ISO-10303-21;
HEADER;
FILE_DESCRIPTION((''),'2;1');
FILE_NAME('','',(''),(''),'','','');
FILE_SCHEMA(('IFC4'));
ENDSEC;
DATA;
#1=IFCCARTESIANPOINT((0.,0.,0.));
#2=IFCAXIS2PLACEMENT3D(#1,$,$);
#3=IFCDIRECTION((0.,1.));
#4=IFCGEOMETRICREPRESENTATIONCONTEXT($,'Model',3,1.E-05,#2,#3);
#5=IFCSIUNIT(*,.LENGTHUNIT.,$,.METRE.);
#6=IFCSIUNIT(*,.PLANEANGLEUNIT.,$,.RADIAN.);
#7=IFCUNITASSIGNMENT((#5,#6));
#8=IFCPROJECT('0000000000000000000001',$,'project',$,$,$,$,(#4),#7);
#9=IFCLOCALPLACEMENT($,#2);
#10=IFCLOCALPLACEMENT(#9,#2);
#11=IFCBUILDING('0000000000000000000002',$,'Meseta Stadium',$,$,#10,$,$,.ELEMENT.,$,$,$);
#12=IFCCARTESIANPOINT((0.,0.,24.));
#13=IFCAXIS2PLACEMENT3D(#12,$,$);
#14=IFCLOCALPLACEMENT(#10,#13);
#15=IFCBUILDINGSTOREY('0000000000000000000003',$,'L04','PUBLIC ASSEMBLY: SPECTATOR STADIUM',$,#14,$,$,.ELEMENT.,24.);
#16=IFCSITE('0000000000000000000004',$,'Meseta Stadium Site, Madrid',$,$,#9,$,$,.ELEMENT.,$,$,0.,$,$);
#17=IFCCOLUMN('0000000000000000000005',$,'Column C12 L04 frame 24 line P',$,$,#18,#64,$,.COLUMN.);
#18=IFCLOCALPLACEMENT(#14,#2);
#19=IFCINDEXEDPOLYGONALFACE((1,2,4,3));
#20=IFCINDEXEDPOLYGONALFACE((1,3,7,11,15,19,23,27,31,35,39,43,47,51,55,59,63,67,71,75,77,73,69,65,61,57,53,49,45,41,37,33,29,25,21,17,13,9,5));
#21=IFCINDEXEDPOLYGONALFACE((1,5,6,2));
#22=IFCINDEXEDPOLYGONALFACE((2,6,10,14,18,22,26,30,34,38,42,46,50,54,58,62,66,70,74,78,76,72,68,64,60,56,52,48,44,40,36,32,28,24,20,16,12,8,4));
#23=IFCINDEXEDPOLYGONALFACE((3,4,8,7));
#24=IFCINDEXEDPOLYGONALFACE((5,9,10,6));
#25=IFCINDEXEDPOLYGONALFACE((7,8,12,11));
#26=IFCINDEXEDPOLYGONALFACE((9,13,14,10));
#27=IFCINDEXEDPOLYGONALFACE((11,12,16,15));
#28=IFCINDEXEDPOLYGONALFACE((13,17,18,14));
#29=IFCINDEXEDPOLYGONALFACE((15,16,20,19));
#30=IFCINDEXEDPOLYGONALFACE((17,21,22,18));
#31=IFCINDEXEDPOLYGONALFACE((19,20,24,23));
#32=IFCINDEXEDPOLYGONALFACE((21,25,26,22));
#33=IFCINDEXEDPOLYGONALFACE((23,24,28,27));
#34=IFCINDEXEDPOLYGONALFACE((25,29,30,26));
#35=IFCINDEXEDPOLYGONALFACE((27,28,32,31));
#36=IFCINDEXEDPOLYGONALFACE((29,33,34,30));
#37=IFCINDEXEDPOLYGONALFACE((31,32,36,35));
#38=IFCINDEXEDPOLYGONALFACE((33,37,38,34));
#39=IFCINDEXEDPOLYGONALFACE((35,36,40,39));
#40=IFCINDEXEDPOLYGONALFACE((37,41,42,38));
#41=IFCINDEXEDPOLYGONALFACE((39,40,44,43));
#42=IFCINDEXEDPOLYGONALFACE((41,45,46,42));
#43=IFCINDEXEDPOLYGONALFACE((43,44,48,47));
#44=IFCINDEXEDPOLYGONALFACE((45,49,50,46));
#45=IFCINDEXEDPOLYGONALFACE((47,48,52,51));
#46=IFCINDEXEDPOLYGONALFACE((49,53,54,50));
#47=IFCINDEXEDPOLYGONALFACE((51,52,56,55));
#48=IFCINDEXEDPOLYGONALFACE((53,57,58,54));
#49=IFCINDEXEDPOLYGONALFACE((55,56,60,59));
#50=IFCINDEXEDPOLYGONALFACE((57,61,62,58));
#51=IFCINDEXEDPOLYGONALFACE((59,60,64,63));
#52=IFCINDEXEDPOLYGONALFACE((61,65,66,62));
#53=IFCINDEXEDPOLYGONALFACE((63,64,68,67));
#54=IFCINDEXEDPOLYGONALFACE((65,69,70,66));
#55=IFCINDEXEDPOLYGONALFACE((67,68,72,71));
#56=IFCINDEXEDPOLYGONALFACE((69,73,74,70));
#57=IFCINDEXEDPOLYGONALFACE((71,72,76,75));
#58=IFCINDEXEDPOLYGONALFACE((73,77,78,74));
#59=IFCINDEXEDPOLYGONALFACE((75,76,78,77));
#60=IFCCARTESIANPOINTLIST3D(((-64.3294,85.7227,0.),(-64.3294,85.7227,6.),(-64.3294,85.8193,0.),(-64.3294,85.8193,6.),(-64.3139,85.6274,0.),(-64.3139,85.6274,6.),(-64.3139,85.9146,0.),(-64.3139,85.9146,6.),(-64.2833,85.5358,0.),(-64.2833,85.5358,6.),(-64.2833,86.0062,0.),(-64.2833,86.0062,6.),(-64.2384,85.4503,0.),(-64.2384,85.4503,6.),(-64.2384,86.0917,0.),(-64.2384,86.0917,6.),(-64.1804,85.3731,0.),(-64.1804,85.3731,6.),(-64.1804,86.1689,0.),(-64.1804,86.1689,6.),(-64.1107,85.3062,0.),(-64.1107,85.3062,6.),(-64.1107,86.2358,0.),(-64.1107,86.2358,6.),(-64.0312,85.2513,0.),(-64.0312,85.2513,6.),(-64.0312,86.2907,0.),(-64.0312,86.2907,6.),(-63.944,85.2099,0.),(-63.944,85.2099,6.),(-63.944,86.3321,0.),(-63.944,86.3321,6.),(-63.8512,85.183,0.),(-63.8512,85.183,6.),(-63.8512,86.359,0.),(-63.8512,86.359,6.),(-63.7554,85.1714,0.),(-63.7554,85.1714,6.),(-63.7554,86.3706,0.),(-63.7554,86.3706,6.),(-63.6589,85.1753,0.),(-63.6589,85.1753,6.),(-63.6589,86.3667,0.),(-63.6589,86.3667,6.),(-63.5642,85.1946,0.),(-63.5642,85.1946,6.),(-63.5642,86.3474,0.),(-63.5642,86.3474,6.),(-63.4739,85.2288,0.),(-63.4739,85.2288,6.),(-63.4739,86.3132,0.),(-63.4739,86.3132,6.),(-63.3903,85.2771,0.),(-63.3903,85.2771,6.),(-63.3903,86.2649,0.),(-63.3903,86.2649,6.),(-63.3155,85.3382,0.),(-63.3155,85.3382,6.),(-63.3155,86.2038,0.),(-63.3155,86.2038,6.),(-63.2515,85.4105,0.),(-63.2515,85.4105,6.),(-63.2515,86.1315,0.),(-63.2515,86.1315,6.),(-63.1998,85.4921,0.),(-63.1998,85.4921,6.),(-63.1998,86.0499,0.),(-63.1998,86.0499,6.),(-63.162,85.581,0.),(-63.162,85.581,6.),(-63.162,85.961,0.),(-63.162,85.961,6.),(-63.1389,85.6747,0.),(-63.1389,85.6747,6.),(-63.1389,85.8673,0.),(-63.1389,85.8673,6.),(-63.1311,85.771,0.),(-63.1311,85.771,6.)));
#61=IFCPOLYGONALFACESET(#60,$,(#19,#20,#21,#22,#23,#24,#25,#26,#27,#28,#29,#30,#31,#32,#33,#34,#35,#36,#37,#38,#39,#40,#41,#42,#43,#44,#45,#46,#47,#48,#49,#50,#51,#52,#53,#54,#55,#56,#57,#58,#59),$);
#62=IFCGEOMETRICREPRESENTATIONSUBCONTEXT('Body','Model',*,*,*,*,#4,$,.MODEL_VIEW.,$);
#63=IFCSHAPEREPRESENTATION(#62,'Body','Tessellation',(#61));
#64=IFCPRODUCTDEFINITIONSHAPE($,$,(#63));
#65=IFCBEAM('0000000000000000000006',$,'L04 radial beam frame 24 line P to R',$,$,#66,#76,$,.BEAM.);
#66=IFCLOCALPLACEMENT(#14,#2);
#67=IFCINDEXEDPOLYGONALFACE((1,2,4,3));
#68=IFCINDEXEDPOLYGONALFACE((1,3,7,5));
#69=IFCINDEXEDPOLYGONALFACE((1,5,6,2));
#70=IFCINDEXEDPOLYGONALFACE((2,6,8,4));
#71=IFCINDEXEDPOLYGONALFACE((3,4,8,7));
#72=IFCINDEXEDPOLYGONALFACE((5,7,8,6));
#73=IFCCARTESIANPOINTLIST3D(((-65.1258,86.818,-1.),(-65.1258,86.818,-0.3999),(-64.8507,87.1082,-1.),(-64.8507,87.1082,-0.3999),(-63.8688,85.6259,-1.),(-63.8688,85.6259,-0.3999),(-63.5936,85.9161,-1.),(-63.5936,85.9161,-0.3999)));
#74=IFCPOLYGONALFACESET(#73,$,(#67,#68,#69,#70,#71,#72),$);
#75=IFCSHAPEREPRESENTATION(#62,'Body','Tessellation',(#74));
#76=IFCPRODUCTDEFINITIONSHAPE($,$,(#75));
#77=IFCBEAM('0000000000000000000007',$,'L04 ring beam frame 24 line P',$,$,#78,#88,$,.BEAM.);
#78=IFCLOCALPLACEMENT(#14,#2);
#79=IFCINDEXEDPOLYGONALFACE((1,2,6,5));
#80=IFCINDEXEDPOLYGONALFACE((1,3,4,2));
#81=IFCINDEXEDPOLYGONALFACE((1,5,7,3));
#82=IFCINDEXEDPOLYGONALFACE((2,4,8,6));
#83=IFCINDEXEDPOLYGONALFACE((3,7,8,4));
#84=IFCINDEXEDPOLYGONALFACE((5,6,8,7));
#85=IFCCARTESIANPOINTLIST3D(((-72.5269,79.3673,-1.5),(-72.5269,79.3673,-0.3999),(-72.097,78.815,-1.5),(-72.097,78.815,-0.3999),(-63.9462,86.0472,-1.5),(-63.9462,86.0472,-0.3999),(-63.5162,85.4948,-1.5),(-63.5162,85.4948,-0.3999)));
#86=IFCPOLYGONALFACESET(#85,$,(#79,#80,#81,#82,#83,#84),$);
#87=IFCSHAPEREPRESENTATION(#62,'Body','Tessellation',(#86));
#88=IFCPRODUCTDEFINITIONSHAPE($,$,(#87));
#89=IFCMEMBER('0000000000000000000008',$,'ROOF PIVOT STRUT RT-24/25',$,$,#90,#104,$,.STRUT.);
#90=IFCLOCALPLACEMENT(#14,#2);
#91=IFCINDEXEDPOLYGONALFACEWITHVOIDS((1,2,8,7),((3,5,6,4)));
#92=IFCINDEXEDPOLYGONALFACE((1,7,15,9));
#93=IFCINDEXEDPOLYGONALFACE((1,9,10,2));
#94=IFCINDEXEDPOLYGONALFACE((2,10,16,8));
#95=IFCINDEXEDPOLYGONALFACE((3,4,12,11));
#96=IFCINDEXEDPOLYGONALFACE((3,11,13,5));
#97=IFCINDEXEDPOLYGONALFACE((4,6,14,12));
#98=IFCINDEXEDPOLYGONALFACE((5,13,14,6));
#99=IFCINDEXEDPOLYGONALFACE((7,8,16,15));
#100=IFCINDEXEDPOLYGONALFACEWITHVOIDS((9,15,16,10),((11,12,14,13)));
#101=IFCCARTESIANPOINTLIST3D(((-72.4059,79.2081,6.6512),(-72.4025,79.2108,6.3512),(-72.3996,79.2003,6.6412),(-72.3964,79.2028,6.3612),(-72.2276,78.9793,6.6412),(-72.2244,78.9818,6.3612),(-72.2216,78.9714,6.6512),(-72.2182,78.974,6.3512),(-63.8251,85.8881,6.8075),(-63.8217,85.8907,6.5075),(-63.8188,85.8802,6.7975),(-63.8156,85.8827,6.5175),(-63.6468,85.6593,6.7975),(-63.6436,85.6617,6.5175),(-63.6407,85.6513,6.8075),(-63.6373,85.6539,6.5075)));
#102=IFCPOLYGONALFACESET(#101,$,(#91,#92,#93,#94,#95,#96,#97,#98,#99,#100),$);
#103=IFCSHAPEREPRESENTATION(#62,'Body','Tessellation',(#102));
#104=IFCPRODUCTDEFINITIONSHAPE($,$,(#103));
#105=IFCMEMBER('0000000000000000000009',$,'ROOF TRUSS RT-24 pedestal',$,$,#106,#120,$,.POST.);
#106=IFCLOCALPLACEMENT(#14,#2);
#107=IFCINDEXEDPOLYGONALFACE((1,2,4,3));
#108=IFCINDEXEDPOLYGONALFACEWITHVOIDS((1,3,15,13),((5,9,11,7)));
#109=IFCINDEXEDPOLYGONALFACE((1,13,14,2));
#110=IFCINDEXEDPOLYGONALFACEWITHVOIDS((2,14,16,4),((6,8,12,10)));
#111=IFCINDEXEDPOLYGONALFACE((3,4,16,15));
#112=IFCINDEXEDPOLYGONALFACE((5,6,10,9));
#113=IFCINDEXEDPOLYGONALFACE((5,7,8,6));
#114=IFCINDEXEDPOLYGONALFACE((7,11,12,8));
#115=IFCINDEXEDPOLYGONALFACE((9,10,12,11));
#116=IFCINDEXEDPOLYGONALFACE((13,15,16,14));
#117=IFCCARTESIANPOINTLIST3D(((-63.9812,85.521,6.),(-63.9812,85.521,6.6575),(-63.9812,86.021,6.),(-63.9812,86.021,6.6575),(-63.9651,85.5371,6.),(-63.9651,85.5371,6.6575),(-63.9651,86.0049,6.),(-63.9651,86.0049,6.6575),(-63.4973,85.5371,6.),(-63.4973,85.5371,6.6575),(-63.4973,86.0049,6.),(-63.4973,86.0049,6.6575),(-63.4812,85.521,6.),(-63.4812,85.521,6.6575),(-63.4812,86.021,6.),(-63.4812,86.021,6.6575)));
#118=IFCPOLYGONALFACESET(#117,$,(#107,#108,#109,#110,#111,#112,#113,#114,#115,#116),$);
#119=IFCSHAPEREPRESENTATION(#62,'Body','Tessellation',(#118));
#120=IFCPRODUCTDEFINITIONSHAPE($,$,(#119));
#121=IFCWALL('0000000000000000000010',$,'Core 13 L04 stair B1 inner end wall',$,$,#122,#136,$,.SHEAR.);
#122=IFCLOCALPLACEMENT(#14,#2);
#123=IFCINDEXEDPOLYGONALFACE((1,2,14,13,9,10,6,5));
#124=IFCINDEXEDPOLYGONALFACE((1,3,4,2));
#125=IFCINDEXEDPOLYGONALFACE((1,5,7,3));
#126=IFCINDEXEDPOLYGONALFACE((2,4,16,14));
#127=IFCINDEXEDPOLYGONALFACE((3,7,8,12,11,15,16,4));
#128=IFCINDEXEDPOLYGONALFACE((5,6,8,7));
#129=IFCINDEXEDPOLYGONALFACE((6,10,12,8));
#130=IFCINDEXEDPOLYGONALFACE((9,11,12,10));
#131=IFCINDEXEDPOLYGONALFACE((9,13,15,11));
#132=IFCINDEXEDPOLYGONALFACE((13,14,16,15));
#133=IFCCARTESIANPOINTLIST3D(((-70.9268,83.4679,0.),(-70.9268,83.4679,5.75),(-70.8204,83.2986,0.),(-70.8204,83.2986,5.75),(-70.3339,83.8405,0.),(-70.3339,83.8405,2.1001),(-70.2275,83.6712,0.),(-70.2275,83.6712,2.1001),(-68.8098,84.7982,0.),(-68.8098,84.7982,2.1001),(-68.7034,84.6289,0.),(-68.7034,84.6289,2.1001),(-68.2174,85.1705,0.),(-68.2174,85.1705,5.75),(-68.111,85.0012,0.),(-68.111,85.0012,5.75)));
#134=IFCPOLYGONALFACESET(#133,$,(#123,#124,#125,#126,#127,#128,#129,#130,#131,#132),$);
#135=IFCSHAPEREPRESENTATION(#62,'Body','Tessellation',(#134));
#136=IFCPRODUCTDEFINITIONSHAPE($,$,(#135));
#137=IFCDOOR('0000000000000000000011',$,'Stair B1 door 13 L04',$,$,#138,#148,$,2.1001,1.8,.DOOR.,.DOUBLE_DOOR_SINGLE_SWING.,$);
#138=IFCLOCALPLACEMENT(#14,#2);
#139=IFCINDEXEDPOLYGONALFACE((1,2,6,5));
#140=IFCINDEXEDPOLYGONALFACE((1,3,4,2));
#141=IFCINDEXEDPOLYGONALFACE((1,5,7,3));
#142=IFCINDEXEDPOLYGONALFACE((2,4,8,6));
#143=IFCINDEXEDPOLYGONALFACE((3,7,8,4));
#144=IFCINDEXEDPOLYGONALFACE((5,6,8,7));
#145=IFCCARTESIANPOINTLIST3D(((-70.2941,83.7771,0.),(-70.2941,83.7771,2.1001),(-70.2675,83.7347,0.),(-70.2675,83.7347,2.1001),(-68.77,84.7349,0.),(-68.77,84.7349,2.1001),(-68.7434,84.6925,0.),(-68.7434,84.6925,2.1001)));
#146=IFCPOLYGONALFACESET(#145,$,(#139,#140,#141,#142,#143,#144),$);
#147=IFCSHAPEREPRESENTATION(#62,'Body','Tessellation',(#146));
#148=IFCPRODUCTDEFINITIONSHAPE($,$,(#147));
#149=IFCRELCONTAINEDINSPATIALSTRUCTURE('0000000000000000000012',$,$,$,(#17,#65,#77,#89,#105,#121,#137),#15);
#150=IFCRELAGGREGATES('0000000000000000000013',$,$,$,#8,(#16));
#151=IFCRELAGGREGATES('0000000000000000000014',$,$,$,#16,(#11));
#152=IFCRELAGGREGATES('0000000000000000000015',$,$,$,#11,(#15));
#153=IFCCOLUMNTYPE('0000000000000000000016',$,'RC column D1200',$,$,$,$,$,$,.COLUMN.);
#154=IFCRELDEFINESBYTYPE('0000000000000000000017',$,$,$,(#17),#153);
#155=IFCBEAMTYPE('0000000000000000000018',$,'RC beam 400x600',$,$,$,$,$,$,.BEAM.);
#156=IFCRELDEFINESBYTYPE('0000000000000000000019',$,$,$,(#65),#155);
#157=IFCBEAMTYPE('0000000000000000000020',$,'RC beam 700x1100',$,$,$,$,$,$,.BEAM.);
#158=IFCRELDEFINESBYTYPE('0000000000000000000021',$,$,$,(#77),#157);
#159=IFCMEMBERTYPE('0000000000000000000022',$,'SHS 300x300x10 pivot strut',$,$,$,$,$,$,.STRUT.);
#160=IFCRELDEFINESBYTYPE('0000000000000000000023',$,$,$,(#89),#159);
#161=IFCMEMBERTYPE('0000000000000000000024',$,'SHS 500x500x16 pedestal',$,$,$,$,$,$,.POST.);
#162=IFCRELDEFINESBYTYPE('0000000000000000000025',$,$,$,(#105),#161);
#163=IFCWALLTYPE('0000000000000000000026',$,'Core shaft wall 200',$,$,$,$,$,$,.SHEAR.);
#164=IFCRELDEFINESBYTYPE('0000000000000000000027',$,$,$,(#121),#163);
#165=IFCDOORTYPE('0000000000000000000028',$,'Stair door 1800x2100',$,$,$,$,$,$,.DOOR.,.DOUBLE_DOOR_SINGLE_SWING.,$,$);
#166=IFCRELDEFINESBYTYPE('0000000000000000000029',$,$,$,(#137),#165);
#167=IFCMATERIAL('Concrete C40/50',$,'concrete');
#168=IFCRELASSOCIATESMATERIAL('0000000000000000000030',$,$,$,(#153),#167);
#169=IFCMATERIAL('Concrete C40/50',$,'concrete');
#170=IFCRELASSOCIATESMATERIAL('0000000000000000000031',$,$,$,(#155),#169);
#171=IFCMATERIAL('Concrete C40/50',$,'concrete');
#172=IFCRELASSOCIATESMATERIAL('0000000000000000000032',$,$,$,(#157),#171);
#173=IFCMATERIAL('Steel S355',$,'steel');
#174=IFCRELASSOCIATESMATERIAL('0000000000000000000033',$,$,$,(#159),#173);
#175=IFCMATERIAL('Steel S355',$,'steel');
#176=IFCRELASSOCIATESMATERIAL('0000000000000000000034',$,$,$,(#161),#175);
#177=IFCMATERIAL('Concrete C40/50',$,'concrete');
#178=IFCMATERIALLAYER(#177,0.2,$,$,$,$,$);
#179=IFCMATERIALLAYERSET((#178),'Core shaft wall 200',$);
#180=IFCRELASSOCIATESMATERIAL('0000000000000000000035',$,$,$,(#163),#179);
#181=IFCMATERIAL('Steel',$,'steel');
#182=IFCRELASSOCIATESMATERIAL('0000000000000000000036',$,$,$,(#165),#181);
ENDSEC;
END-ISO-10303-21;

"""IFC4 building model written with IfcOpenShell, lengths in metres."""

from ifc_helpers import new_model, si_unit, direction, frame, frame_2d, origin, origin_2d, place, context, subcontext, project, spatial, rectangle, hollow_rectangle, circle, extrude, material, layer, layer_set, material_profile, profile_set, type_object, element, fill, save


model = new_model("IFC4")

# Units and contexts
model_context = context("Model", 3, precision=1e-05, world=origin(), true_north=direction((0.0, 1.0)))
body_context = subcontext(model_context, "Body", "Model", "MODEL_VIEW")
ifc_project = project(units=[si_unit("LENGTHUNIT", "METRE"), si_unit("PLANEANGLEUNIT", "RADIAN")], contexts=[model_context])

# Site, building, storey
site_placement = place(None, origin())
site = spatial("IfcSite", under=ifc_project, at=site_placement, Name="Meseta Stadium Site, Madrid", CompositionType="ELEMENT", RefElevation=0.0)
building_placement = place(site_placement, origin())
building = spatial("IfcBuilding", under=site, at=building_placement, Name="Meseta Stadium", CompositionType="ELEMENT")
storey_placement = place(building_placement, frame((0.0, 0.0, 24.0)))
storey = spatial("IfcBuildingStorey", under=building, at=storey_placement, Name="L04", Description="PUBLIC ASSEMBLY: SPECTATOR STADIUM", CompositionType="ELEMENT", Elevation=24.0)

# Column
ifc_material_1 = material(Name="Concrete C40/50", Category="concrete")
ifc_material_profile_1 = material_profile(ifc_material_1, circle(Radius=0.6001, at=origin_2d()), Name="RC D1200")
ifc_profile_set_1 = profile_set([ifc_material_profile_1], Name="Concrete C40/50")
column_type = type_object("IfcColumnType", Name="RC column D1200", PredefinedType="COLUMN", material=ifc_profile_set_1)
column_placement = place(storey_placement, frame((-63.7312, 85.771, 0.0), z_axis=(0.0, 0.0, 1.0), x_axis=(1.0, 0.0, 0.0)))
element("IfcColumn", 1, at=column_placement, inside=storey, type_object=column_type, Name="Column C12 L04 frame 24 line P", PredefinedType="COLUMN", context=body_context, shape_type="SweptSolid", body=[
    extrude(circle(Radius=0.6001, at=origin_2d()), origin(), (0.0, 0.0, 1.0), 6.0),
])

# Beams
ifc_material_2 = material(Name="Concrete C40/50", Category="concrete")
ifc_material_profile_2 = material_profile(ifc_material_2, rectangle(XDim=0.3999, YDim=0.6001, at=origin_2d()), Name="RC 400x600")
ifc_profile_set_2 = profile_set([ifc_material_profile_2], Name="Concrete C40/50")
beam_type_1 = type_object("IfcBeamType", Name="RC beam 400x600", PredefinedType="BEAM", material=ifc_profile_set_2)
beam_1_placement = place(storey_placement, frame((-63.7312, 85.771, -0.7), z_axis=(-0.725601, 0.688116, 0.0), x_axis=(-0.688116, -0.725601, 0.0)))
element("IfcBeam", 2, at=beam_1_placement, inside=storey, type_object=beam_type_1, Name="L04 radial beam frame 24 line P to R", PredefinedType="BEAM", context=body_context, shape_type="SweptSolid", body=[
    extrude(rectangle(XDim=0.3999, YDim=0.6001, at=origin_2d()), origin(), (0.0, 0.0, 1.0), 1.7324),
])
ifc_material_3 = material(Name="Concrete C40/50", Category="concrete")
ifc_material_profile_3 = material_profile(ifc_material_3, rectangle(XDim=0.7, YDim=1.1001, at=origin_2d()), Name="RC 700x1100")
ifc_profile_set_3 = profile_set([ifc_material_profile_3], Name="Concrete C40/50")
beam_type_2 = type_object("IfcBeamType", Name="RC beam 700x1100", PredefinedType="BEAM", material=ifc_profile_set_3)
beam_2_placement = place(storey_placement, frame((-63.7312, 85.771, -0.95), z_axis=(-0.789086, -0.614283, 0.0), x_axis=(0.614283, -0.789086, 0.0)))
element("IfcBeam", 3, at=beam_2_placement, inside=storey, type_object=beam_type_2, Name="L04 ring beam frame 24 line P", PredefinedType="BEAM", context=body_context, shape_type="SweptSolid", body=[
    extrude(rectangle(XDim=0.7, YDim=1.1001, at=origin_2d()), origin(), (0.0, 0.0, 1.0), 10.8743),
])

# Members
ifc_material_4 = material(Name="Steel S355", Category="steel")
ifc_material_profile_4 = material_profile(ifc_material_4, hollow_rectangle(XDim=0.3, YDim=0.3, WallThickness=0.01, at=origin_2d()), Name="SHS 300x300x10")
ifc_profile_set_4 = profile_set([ifc_material_profile_4], Name="Steel S355")
member_type_1 = type_object("IfcMemberType", Name="SHS 300x300x10 pivot strut", PredefinedType="STRUT", material=ifc_profile_set_4)
member_1_placement = place(storey_placement, frame((-63.7312, 85.771, 6.6575), z_axis=(-0.789005, -0.614219, -0.014367), x_axis=(0.614283, -0.789086, 0.0)))
element("IfcMember", 4, at=member_1_placement, inside=storey, type_object=member_type_1, Name="ROOF PIVOT STRUT RT-24/25", PredefinedType="STRUT", context=body_context, shape_type="SweptSolid", body=[
    extrude(hollow_rectangle(XDim=0.3, YDim=0.3, WallThickness=0.01, at=origin_2d()), origin(), (0.0, 0.0, 1.0), 10.8755),
])
ifc_material_5 = material(Name="Steel S355", Category="steel")
ifc_material_profile_5 = material_profile(ifc_material_5, hollow_rectangle(XDim=0.5, YDim=0.5, WallThickness=0.0161, at=origin_2d()), Name="SHS 500x500x16")
ifc_profile_set_5 = profile_set([ifc_material_profile_5], Name="Steel S355")
member_type_2 = type_object("IfcMemberType", Name="SHS 500x500x16 pedestal", PredefinedType="POST", material=ifc_profile_set_5)
member_2_placement = place(storey_placement, frame((-63.7312, 85.771, 6.0), z_axis=(0.0, 0.0, 1.0), x_axis=(1.0, 0.0, 0.0)))
element("IfcMember", 5, at=member_2_placement, inside=storey, type_object=member_type_2, Name="ROOF TRUSS RT-24 pedestal", PredefinedType="POST", context=body_context, shape_type="SweptSolid", body=[
    extrude(hollow_rectangle(XDim=0.5, YDim=0.5, WallThickness=0.0161, at=origin_2d()), origin(), (0.0, 0.0, 1.0), 0.6575),
])

# Wall, opening, door
ifc_material_6 = material(Name="Concrete C40/50", Category="concrete")
ifc_layer_1 = layer(ifc_material_6, 0.2)
ifc_layer_set_1 = layer_set([ifc_layer_1], Name="Core shaft wall 200")
wall_type_1 = type_object("IfcWallType", Name="Core shaft wall 200", PredefinedType="SHEAR", material=ifc_layer_set_1)
wall_1_placement = place(storey_placement, frame((-68.1641, 85.0859, 0.0), z_axis=(0.0, 0.0, 1.0), x_axis=(-0.846701, -0.532068, 0.0)))
wall_1 = element("IfcWall", 6, at=wall_1_placement, inside=storey, type_object=wall_type_1, Name="Core 13 L04 stair B1 inner end wall", PredefinedType="SHEAR", context=body_context, shape_type="SweptSolid", body=[
    extrude(rectangle(XDim=3.2, YDim=0.2, at=frame_2d((1.6001, 0.0))), origin(), (0.0, 0.0, 1.0), 5.75),
])
opening_1_placement = place(wall_1_placement, frame((0.7, 0.0, 0.0)))
opening_1 = element("IfcOpeningElement", 7, at=opening_1_placement, cuts=wall_1, PredefinedType="OPENING", context=body_context, shape_type="SweptSolid", body=[
    extrude(rectangle(XDim=1.8, YDim=2.1001, at=frame_2d((0.8999, 1.05))), frame((0.0, 0.1099, 0.0), z_axis=(0.0, -1.0, 0.0), x_axis=(1.0, 0.0, 0.0)), (0.0, 0.0, 1.0), 0.22),
])
ifc_material_7 = material(Name="Steel", Category="steel")
door_type = type_object("IfcDoorType", Name="Stair door 1800x2100", OperationType="DOUBLE_DOOR_SINGLE_SWING", PredefinedType="DOOR", material=ifc_material_7)
door_1_placement = place(opening_1_placement, origin())
door_1 = element("IfcDoor", 8, at=door_1_placement, inside=storey, type_object=door_type, Name="Stair B1 door 13 L04", OperationType="DOUBLE_DOOR_SINGLE_SWING", OverallHeight=2.1001, OverallWidth=1.8, PredefinedType="DOOR", context=body_context, shape_type="SweptSolid", body=[
    extrude(rectangle(XDim=1.8, YDim=2.1001, at=frame_2d((0.8999, 1.05))), frame((0.0, 0.0249, 0.0), z_axis=(0.0, -1.0, 0.0), x_axis=(1.0, 0.0, 0.0)), (0.0, 0.0, 1.0), 0.05),
])
fill(opening_1, door_1)

save(model, "model.ifc")
